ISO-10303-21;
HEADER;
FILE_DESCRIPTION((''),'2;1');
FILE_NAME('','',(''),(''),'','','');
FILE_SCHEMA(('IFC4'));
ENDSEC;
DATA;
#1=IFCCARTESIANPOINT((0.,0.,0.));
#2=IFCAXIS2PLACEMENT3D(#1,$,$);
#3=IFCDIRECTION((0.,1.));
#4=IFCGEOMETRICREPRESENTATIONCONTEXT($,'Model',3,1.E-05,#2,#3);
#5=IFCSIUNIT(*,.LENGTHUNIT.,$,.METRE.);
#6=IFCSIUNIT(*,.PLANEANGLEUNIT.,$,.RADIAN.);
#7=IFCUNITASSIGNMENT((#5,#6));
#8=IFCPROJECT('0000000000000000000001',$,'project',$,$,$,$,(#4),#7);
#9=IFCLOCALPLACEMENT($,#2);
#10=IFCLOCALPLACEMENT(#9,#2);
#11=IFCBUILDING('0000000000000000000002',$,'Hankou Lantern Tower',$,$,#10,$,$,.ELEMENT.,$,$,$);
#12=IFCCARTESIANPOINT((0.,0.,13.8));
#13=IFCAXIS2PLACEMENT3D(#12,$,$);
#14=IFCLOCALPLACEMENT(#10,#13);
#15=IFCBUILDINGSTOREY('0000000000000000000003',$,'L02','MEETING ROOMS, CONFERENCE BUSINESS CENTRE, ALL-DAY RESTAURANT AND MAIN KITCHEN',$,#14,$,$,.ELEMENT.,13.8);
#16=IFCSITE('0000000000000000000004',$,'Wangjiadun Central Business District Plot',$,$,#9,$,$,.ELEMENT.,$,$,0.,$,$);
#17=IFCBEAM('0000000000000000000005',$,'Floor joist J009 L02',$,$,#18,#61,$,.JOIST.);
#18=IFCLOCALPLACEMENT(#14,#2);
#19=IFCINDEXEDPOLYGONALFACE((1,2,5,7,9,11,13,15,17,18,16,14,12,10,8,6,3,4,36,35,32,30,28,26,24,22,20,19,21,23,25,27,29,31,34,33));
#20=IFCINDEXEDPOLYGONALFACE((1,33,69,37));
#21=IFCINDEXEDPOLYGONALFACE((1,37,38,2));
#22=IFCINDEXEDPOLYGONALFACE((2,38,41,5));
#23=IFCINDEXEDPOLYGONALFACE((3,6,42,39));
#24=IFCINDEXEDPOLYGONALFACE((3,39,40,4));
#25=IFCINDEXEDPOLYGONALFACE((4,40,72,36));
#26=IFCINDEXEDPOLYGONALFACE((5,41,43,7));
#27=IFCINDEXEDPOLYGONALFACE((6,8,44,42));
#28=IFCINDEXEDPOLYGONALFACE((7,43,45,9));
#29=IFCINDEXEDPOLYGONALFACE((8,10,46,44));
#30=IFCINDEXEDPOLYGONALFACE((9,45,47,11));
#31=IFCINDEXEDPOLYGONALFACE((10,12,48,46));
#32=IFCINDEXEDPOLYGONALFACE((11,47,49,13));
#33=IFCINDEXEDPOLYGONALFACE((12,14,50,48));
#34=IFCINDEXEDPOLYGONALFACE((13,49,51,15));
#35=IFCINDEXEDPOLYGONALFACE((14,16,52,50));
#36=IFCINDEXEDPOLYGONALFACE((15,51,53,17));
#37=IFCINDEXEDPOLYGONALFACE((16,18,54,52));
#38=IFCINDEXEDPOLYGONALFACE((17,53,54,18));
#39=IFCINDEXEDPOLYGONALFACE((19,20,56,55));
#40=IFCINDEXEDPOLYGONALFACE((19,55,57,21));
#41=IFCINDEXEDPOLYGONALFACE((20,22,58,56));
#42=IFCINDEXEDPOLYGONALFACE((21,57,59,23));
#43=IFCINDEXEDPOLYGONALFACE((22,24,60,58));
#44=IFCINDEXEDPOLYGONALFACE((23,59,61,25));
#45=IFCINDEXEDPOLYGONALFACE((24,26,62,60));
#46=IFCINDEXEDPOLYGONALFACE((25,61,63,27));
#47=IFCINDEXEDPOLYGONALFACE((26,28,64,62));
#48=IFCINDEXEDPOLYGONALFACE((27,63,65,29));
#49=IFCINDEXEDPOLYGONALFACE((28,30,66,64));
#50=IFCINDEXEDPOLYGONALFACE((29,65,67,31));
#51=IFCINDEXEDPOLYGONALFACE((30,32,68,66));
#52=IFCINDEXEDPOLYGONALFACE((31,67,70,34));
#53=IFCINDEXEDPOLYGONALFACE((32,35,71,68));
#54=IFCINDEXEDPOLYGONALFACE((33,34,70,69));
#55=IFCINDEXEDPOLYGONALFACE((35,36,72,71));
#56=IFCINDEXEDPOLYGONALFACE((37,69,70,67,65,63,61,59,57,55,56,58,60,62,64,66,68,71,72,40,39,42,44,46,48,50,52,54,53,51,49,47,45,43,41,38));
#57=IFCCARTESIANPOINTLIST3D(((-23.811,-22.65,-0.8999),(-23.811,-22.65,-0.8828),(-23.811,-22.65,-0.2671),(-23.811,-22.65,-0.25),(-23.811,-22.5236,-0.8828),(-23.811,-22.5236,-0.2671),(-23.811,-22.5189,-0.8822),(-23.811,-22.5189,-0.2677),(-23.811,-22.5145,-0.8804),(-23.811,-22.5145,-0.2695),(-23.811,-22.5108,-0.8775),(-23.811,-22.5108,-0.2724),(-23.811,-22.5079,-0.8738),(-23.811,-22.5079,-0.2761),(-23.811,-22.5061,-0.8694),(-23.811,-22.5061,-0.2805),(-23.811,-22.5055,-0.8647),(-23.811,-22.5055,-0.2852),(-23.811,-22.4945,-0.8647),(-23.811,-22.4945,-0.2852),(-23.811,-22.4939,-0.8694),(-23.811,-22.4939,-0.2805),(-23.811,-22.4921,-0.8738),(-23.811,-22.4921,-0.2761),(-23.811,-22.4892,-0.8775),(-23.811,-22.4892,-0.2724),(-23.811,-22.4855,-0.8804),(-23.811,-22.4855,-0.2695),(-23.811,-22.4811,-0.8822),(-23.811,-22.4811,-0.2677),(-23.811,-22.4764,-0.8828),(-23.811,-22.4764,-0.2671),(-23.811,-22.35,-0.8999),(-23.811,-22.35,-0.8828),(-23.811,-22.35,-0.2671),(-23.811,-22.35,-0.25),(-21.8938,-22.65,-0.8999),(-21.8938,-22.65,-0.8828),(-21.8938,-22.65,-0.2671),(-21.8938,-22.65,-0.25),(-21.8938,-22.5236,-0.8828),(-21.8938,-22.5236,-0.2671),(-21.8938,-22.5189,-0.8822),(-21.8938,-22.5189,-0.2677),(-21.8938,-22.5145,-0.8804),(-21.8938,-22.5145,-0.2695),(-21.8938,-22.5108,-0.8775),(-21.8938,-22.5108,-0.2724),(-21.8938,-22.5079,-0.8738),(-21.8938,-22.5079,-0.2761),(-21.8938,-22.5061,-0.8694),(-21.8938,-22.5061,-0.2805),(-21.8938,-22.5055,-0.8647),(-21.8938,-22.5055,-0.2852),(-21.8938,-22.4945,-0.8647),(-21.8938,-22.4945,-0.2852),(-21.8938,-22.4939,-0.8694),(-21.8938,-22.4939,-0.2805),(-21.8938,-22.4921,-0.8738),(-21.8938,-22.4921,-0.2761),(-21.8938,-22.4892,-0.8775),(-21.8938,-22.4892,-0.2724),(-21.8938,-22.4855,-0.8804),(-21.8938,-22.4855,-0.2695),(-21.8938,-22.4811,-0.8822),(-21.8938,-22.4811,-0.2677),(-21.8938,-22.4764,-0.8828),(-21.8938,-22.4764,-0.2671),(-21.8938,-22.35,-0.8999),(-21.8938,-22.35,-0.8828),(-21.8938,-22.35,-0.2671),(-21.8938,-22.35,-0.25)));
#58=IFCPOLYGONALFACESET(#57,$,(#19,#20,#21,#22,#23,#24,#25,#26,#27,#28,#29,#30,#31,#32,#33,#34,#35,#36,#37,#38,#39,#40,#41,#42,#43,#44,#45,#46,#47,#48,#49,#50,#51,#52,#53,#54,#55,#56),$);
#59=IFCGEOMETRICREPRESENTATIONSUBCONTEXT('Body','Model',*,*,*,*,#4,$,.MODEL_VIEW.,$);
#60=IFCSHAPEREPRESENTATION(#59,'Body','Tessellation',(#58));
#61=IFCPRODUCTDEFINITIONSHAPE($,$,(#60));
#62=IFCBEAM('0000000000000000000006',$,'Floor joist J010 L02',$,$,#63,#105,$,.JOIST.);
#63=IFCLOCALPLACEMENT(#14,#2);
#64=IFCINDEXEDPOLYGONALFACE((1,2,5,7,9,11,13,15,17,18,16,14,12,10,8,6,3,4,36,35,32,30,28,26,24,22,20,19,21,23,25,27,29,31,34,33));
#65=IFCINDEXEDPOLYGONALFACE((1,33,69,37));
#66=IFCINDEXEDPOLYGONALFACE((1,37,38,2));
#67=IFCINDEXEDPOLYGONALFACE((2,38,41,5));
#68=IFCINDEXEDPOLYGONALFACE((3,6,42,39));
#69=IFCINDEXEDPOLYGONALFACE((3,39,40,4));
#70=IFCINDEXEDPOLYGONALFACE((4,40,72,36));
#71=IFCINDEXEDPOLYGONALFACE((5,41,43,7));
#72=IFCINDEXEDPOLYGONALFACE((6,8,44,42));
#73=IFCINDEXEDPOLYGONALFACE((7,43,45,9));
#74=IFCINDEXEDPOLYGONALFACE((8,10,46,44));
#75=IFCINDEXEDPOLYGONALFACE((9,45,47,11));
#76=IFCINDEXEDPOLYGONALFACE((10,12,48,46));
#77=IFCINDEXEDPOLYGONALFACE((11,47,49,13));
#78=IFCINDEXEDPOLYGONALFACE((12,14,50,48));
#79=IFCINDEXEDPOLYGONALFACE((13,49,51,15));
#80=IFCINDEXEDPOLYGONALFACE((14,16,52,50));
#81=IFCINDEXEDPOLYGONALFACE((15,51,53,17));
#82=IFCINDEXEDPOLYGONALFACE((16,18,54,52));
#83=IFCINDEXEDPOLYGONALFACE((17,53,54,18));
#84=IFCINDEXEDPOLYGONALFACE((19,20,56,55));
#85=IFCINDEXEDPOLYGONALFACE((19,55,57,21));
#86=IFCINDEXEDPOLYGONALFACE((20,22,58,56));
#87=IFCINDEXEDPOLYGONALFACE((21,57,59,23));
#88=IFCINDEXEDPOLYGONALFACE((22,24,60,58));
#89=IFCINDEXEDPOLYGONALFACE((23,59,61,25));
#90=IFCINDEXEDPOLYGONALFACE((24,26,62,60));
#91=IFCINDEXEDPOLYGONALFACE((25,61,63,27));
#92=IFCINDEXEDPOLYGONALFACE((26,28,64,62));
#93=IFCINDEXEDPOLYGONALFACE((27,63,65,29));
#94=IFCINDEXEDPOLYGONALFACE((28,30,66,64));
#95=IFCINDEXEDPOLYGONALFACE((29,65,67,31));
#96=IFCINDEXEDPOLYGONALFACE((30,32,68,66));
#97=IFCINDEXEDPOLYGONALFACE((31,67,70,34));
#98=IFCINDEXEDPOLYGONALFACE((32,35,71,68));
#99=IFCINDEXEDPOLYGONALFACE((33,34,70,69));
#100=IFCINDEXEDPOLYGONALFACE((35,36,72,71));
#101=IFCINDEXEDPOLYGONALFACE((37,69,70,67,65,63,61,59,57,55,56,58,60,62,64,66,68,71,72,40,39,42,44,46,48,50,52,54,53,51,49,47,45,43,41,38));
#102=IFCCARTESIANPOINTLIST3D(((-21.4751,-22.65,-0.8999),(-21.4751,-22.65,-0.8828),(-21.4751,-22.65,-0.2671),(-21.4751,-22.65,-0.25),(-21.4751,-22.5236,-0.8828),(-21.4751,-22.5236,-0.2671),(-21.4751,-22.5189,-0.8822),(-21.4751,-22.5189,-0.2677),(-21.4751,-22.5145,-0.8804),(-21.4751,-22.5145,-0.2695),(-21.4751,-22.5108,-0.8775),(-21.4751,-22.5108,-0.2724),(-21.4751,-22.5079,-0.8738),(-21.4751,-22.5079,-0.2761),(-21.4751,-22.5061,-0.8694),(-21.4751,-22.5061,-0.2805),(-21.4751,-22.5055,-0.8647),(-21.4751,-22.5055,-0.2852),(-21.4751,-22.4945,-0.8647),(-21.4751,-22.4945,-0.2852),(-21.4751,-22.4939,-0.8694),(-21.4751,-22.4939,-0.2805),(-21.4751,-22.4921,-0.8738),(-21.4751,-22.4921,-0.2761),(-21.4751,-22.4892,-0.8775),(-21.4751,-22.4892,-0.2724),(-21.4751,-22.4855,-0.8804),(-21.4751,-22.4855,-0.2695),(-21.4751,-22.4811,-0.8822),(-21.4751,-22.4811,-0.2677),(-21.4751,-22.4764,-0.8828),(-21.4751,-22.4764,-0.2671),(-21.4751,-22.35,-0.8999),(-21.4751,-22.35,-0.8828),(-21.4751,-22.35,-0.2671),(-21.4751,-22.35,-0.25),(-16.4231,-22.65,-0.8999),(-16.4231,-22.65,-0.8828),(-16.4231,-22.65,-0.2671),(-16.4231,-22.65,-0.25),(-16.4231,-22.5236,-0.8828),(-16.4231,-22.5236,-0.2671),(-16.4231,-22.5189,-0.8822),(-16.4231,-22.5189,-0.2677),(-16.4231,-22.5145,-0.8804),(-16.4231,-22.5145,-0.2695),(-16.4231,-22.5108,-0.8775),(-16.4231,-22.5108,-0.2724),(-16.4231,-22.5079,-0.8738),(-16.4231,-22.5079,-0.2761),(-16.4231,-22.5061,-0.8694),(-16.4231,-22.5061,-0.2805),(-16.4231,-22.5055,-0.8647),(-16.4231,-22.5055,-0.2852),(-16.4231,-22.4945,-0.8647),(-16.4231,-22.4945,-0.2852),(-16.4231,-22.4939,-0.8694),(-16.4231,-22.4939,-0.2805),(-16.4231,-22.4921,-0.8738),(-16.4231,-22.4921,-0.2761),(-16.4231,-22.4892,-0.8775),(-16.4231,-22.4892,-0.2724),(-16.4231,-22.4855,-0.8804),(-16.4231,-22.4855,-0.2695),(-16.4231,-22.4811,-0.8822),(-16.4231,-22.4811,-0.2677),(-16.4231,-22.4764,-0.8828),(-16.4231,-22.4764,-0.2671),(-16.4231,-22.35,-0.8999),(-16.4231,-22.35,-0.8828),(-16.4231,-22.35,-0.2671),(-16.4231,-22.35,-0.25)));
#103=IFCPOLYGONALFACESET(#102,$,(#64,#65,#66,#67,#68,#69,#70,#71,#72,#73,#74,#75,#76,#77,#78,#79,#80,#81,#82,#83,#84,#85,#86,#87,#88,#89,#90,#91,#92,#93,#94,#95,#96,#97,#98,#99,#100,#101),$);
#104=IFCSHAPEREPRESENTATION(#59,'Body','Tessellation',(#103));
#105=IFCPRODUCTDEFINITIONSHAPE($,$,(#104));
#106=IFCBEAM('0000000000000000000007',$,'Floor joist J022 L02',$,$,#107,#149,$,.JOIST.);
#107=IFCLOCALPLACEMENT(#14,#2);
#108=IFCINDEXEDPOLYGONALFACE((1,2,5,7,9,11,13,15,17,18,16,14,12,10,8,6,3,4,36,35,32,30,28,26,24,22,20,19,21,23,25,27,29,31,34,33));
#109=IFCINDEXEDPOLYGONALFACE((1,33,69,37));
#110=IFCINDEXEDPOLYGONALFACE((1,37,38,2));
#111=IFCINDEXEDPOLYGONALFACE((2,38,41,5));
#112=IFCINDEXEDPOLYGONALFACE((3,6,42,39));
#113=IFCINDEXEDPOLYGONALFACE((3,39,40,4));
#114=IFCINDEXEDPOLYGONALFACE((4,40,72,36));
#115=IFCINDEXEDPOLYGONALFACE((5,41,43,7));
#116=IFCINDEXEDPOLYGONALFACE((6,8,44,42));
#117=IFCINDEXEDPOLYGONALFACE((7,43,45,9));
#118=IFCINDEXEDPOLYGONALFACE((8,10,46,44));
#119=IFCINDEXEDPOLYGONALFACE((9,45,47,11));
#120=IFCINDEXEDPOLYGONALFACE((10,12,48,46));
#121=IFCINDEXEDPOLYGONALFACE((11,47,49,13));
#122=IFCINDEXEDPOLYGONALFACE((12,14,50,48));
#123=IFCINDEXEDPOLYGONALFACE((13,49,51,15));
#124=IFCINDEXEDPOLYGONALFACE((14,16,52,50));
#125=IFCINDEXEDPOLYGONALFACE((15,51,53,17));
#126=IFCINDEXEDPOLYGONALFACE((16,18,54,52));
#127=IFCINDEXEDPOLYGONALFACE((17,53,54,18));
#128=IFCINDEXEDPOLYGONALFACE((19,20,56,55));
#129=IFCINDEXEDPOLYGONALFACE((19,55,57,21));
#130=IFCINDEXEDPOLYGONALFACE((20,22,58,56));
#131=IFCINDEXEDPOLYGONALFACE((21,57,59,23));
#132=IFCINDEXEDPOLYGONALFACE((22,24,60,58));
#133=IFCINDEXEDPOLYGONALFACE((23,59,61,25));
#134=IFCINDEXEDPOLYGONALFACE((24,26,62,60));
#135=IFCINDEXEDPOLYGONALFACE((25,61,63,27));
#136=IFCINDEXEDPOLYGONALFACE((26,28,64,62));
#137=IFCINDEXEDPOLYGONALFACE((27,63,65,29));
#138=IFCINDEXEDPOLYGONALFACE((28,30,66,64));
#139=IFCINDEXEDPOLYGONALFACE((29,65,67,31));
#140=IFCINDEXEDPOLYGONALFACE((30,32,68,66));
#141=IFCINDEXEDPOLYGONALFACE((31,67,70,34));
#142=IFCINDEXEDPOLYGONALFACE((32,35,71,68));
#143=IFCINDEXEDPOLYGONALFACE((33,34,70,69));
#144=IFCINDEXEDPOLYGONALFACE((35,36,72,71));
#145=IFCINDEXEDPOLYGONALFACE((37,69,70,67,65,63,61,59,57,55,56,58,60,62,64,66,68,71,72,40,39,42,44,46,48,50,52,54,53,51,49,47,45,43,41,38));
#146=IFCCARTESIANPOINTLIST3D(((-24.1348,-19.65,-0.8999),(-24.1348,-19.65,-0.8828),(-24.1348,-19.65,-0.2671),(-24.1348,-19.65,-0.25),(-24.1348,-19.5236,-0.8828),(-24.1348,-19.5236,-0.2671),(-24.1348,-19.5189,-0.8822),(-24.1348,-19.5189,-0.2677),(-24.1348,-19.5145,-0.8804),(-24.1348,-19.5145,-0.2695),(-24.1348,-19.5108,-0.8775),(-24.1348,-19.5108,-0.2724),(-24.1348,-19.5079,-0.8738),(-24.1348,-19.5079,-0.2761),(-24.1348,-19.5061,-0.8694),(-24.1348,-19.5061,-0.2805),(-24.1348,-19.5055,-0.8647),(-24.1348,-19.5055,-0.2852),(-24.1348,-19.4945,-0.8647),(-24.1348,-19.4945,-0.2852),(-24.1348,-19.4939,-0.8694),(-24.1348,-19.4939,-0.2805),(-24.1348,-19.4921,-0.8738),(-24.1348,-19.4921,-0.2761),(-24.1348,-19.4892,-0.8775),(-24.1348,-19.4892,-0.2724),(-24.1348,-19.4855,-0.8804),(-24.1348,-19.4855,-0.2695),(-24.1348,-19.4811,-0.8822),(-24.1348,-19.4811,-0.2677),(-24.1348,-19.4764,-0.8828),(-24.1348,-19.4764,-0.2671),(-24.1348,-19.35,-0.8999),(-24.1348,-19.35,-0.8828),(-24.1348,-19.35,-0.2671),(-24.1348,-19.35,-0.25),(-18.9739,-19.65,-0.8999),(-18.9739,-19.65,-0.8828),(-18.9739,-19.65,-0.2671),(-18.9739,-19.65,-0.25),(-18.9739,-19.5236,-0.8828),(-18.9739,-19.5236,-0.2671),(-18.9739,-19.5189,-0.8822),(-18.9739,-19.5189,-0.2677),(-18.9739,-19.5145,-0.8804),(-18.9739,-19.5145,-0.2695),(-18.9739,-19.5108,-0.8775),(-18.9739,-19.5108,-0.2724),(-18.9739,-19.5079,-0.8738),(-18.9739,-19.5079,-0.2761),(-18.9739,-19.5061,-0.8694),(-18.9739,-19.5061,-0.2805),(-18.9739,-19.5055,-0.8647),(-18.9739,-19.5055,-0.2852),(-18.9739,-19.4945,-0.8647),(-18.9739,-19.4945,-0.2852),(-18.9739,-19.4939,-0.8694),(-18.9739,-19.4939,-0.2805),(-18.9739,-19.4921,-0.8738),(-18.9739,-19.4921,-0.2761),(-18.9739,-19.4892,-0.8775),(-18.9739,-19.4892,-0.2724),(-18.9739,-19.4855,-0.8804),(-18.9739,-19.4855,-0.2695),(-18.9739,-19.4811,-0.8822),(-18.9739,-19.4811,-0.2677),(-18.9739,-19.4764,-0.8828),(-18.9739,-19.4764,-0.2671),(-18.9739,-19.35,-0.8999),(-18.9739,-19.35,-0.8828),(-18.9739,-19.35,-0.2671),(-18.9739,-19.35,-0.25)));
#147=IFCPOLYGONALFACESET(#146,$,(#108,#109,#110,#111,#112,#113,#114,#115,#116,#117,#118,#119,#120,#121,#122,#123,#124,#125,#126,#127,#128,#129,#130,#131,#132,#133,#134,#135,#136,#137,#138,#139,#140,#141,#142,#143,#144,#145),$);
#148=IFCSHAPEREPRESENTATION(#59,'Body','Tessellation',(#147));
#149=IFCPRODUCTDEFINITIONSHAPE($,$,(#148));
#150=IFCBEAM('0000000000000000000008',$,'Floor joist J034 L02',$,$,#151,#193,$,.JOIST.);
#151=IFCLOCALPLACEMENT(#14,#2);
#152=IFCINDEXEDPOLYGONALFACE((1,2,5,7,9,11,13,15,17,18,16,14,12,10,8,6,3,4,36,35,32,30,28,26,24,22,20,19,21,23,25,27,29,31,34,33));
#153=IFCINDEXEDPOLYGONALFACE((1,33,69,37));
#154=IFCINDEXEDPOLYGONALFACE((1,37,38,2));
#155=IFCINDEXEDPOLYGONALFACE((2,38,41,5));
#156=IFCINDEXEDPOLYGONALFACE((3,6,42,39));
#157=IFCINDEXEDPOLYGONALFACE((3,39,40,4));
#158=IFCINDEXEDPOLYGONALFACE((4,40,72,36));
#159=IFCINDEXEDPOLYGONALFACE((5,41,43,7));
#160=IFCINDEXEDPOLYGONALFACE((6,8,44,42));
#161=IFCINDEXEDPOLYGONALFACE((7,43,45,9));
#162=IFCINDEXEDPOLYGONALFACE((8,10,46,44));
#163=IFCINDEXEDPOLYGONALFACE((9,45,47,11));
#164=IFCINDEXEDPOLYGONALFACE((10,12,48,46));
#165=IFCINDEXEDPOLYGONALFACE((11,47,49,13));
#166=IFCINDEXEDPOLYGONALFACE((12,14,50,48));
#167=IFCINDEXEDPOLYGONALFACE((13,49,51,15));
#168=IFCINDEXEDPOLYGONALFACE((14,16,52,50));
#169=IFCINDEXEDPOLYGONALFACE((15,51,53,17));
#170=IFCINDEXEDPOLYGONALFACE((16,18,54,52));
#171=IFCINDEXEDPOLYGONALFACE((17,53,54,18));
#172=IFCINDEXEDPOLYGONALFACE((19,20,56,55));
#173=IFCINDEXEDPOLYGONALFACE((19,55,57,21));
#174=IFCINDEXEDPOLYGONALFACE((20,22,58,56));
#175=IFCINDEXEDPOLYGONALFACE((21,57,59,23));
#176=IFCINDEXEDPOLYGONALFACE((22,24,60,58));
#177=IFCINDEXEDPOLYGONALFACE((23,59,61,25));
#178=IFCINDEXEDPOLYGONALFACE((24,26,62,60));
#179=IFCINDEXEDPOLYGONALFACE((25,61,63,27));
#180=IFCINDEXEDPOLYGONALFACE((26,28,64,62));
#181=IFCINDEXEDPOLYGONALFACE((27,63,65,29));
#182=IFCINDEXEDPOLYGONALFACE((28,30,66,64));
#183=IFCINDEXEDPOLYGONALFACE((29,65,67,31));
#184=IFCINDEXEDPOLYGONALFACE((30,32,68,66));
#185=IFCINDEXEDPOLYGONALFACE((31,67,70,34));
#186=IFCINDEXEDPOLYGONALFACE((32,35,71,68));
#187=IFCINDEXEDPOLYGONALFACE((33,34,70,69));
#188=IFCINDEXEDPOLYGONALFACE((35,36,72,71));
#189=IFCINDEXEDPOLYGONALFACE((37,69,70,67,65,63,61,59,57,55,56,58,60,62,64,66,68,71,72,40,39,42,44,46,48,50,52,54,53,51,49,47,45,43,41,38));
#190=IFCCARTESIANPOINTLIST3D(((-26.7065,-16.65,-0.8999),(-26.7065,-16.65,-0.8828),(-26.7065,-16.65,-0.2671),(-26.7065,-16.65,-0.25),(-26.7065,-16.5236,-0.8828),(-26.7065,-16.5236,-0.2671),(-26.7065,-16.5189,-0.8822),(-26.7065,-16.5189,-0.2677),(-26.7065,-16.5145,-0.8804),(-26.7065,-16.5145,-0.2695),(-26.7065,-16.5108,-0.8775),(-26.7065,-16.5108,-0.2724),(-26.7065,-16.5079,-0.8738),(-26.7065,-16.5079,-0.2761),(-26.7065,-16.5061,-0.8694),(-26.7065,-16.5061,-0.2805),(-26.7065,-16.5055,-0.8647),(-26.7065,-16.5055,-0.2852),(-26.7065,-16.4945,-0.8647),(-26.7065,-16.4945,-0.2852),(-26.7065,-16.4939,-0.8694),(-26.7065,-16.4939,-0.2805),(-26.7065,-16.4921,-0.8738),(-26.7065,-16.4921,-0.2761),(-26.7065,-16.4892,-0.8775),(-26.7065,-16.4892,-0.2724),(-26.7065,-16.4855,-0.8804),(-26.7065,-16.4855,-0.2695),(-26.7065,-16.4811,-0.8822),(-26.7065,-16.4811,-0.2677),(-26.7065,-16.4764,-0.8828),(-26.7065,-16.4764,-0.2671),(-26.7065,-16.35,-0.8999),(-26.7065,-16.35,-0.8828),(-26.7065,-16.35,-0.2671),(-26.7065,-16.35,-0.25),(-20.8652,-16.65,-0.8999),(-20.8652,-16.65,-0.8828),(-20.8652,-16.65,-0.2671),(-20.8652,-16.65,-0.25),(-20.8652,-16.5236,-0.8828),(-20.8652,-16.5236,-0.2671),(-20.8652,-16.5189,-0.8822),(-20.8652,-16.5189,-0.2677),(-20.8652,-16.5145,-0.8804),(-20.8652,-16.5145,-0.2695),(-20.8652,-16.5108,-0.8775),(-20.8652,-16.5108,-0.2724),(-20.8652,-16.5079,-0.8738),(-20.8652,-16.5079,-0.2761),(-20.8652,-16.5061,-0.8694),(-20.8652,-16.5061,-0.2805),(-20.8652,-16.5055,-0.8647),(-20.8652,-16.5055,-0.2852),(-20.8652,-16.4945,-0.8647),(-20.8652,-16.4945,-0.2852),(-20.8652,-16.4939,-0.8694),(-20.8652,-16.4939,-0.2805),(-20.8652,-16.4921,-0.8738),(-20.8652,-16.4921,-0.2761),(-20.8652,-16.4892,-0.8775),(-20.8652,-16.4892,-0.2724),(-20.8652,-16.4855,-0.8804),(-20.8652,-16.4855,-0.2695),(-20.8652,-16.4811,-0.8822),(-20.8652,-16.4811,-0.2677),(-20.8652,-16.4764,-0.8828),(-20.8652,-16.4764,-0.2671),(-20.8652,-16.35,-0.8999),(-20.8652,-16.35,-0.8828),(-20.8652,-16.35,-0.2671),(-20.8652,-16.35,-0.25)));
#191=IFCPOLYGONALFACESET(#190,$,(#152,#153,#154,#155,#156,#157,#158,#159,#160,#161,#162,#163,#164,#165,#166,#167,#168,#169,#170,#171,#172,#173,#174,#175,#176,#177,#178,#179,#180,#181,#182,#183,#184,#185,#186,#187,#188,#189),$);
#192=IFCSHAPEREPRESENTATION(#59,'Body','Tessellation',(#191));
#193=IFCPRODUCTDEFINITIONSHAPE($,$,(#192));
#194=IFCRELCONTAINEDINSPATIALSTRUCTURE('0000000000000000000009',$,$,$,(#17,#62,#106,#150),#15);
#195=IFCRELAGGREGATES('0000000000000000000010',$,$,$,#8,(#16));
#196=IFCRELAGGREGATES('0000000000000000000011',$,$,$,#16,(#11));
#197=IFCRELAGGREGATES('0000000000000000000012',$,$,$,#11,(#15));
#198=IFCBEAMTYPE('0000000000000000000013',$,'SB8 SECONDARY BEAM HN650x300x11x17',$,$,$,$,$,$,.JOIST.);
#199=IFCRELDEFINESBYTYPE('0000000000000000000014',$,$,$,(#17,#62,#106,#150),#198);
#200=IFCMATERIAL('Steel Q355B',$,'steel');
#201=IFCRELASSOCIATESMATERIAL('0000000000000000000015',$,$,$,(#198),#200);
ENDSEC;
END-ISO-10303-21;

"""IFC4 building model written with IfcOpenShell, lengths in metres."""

from ifc_helpers import new_model, si_unit, direction, frame, origin, origin_2d, place, context, subcontext, project, spatial, i_section, extrude, material, material_profile, profile_set, type_object, element, save


model = new_model("IFC4")

# Units and contexts
model_context = context("Model", 3, precision=1e-05, world=origin(), true_north=direction((0.0, 1.0)))
body_context = subcontext(model_context, "Body", "Model", "MODEL_VIEW")
ifc_project = project(units=[si_unit("LENGTHUNIT", "METRE"), si_unit("PLANEANGLEUNIT", "RADIAN")], contexts=[model_context])

# Site, building, storey
site_placement = place(None, origin())
site = spatial("IfcSite", under=ifc_project, at=site_placement, Name="Wangjiadun Central Business District Plot", CompositionType="ELEMENT", RefElevation=0.0)
building_placement = place(site_placement, origin())
building = spatial("IfcBuilding", under=site, at=building_placement, Name="Hankou Lantern Tower", CompositionType="ELEMENT")
storey_placement = place(building_placement, frame((0.0, 0.0, 13.8)))
storey = spatial("IfcBuildingStorey", under=building, at=storey_placement, Name="L02", Description="MEETING ROOMS, CONFERENCE BUSINESS CENTRE, ALL-DAY RESTAURANT AND MAIN KITCHEN", CompositionType="ELEMENT", Elevation=13.8)

# Beams
ifc_material_1 = material(Name="Steel Q355B", Category="steel")
ifc_material_profile_1 = material_profile(ifc_material_1, i_section(OverallWidth=0.3, OverallDepth=0.6499, WebThickness=0.011, FlangeThickness=0.0171, FilletRadius=0.0181, at=origin_2d()), Name="HN650x300x11x17")
ifc_profile_set_1 = profile_set([ifc_material_profile_1], Name="Steel Q355B")
beam_type_1 = type_object("IfcBeamType", Name="SB8 SECONDARY BEAM HN650x300x11x17", PredefinedType="JOIST", material=ifc_profile_set_1)
beam_1_placement = place(storey_placement, frame((-23.811, -22.5, -0.575), z_axis=(1.0, 0.0, 0.0), x_axis=(0.0, 1.0, 0.0)))
element("IfcBeam", 1, at=beam_1_placement, inside=storey, type_object=beam_type_1, Name="Floor joist J009 L02", PredefinedType="JOIST", context=body_context, shape_type="SweptSolid", body=[
    extrude(i_section(OverallWidth=0.3, OverallDepth=0.6499, WebThickness=0.011, FlangeThickness=0.0171, FilletRadius=0.0181, at=origin_2d()), origin(), (0.0, 0.0, 1.0), 1.9172),
])
beam_2_placement = place(storey_placement, frame((-21.4751, -22.5, -0.575), z_axis=(1.0, 0.0, 0.0), x_axis=(0.0, 1.0, 0.0)))
element("IfcBeam", 2, at=beam_2_placement, inside=storey, type_object=beam_type_1, Name="Floor joist J010 L02", PredefinedType="JOIST", context=body_context, shape_type="SweptSolid", body=[
    extrude(i_section(OverallWidth=0.3, OverallDepth=0.6499, WebThickness=0.011, FlangeThickness=0.0171, FilletRadius=0.0181, at=origin_2d()), origin(), (0.0, 0.0, 1.0), 5.052),
])
beam_3_placement = place(storey_placement, frame((-24.1348, -19.5, -0.575), z_axis=(1.0, 0.0, 0.0), x_axis=(0.0, 1.0, 0.0)))
element("IfcBeam", 3, at=beam_3_placement, inside=storey, type_object=beam_type_1, Name="Floor joist J022 L02", PredefinedType="JOIST", context=body_context, shape_type="SweptSolid", body=[
    extrude(i_section(OverallWidth=0.3, OverallDepth=0.6499, WebThickness=0.011, FlangeThickness=0.0171, FilletRadius=0.0181, at=origin_2d()), origin(), (0.0, 0.0, 1.0), 5.1609),
])
beam_4_placement = place(storey_placement, frame((-26.7065, -16.5, -0.575), z_axis=(1.0, 0.0, 0.0), x_axis=(0.0, 1.0, 0.0)))
element("IfcBeam", 4, at=beam_4_placement, inside=storey, type_object=beam_type_1, Name="Floor joist J034 L02", PredefinedType="JOIST", context=body_context, shape_type="SweptSolid", body=[
    extrude(i_section(OverallWidth=0.3, OverallDepth=0.6499, WebThickness=0.011, FlangeThickness=0.0171, FilletRadius=0.0181, at=origin_2d()), origin(), (0.0, 0.0, 1.0), 5.8413),
])

save(model, "model.ifc")
